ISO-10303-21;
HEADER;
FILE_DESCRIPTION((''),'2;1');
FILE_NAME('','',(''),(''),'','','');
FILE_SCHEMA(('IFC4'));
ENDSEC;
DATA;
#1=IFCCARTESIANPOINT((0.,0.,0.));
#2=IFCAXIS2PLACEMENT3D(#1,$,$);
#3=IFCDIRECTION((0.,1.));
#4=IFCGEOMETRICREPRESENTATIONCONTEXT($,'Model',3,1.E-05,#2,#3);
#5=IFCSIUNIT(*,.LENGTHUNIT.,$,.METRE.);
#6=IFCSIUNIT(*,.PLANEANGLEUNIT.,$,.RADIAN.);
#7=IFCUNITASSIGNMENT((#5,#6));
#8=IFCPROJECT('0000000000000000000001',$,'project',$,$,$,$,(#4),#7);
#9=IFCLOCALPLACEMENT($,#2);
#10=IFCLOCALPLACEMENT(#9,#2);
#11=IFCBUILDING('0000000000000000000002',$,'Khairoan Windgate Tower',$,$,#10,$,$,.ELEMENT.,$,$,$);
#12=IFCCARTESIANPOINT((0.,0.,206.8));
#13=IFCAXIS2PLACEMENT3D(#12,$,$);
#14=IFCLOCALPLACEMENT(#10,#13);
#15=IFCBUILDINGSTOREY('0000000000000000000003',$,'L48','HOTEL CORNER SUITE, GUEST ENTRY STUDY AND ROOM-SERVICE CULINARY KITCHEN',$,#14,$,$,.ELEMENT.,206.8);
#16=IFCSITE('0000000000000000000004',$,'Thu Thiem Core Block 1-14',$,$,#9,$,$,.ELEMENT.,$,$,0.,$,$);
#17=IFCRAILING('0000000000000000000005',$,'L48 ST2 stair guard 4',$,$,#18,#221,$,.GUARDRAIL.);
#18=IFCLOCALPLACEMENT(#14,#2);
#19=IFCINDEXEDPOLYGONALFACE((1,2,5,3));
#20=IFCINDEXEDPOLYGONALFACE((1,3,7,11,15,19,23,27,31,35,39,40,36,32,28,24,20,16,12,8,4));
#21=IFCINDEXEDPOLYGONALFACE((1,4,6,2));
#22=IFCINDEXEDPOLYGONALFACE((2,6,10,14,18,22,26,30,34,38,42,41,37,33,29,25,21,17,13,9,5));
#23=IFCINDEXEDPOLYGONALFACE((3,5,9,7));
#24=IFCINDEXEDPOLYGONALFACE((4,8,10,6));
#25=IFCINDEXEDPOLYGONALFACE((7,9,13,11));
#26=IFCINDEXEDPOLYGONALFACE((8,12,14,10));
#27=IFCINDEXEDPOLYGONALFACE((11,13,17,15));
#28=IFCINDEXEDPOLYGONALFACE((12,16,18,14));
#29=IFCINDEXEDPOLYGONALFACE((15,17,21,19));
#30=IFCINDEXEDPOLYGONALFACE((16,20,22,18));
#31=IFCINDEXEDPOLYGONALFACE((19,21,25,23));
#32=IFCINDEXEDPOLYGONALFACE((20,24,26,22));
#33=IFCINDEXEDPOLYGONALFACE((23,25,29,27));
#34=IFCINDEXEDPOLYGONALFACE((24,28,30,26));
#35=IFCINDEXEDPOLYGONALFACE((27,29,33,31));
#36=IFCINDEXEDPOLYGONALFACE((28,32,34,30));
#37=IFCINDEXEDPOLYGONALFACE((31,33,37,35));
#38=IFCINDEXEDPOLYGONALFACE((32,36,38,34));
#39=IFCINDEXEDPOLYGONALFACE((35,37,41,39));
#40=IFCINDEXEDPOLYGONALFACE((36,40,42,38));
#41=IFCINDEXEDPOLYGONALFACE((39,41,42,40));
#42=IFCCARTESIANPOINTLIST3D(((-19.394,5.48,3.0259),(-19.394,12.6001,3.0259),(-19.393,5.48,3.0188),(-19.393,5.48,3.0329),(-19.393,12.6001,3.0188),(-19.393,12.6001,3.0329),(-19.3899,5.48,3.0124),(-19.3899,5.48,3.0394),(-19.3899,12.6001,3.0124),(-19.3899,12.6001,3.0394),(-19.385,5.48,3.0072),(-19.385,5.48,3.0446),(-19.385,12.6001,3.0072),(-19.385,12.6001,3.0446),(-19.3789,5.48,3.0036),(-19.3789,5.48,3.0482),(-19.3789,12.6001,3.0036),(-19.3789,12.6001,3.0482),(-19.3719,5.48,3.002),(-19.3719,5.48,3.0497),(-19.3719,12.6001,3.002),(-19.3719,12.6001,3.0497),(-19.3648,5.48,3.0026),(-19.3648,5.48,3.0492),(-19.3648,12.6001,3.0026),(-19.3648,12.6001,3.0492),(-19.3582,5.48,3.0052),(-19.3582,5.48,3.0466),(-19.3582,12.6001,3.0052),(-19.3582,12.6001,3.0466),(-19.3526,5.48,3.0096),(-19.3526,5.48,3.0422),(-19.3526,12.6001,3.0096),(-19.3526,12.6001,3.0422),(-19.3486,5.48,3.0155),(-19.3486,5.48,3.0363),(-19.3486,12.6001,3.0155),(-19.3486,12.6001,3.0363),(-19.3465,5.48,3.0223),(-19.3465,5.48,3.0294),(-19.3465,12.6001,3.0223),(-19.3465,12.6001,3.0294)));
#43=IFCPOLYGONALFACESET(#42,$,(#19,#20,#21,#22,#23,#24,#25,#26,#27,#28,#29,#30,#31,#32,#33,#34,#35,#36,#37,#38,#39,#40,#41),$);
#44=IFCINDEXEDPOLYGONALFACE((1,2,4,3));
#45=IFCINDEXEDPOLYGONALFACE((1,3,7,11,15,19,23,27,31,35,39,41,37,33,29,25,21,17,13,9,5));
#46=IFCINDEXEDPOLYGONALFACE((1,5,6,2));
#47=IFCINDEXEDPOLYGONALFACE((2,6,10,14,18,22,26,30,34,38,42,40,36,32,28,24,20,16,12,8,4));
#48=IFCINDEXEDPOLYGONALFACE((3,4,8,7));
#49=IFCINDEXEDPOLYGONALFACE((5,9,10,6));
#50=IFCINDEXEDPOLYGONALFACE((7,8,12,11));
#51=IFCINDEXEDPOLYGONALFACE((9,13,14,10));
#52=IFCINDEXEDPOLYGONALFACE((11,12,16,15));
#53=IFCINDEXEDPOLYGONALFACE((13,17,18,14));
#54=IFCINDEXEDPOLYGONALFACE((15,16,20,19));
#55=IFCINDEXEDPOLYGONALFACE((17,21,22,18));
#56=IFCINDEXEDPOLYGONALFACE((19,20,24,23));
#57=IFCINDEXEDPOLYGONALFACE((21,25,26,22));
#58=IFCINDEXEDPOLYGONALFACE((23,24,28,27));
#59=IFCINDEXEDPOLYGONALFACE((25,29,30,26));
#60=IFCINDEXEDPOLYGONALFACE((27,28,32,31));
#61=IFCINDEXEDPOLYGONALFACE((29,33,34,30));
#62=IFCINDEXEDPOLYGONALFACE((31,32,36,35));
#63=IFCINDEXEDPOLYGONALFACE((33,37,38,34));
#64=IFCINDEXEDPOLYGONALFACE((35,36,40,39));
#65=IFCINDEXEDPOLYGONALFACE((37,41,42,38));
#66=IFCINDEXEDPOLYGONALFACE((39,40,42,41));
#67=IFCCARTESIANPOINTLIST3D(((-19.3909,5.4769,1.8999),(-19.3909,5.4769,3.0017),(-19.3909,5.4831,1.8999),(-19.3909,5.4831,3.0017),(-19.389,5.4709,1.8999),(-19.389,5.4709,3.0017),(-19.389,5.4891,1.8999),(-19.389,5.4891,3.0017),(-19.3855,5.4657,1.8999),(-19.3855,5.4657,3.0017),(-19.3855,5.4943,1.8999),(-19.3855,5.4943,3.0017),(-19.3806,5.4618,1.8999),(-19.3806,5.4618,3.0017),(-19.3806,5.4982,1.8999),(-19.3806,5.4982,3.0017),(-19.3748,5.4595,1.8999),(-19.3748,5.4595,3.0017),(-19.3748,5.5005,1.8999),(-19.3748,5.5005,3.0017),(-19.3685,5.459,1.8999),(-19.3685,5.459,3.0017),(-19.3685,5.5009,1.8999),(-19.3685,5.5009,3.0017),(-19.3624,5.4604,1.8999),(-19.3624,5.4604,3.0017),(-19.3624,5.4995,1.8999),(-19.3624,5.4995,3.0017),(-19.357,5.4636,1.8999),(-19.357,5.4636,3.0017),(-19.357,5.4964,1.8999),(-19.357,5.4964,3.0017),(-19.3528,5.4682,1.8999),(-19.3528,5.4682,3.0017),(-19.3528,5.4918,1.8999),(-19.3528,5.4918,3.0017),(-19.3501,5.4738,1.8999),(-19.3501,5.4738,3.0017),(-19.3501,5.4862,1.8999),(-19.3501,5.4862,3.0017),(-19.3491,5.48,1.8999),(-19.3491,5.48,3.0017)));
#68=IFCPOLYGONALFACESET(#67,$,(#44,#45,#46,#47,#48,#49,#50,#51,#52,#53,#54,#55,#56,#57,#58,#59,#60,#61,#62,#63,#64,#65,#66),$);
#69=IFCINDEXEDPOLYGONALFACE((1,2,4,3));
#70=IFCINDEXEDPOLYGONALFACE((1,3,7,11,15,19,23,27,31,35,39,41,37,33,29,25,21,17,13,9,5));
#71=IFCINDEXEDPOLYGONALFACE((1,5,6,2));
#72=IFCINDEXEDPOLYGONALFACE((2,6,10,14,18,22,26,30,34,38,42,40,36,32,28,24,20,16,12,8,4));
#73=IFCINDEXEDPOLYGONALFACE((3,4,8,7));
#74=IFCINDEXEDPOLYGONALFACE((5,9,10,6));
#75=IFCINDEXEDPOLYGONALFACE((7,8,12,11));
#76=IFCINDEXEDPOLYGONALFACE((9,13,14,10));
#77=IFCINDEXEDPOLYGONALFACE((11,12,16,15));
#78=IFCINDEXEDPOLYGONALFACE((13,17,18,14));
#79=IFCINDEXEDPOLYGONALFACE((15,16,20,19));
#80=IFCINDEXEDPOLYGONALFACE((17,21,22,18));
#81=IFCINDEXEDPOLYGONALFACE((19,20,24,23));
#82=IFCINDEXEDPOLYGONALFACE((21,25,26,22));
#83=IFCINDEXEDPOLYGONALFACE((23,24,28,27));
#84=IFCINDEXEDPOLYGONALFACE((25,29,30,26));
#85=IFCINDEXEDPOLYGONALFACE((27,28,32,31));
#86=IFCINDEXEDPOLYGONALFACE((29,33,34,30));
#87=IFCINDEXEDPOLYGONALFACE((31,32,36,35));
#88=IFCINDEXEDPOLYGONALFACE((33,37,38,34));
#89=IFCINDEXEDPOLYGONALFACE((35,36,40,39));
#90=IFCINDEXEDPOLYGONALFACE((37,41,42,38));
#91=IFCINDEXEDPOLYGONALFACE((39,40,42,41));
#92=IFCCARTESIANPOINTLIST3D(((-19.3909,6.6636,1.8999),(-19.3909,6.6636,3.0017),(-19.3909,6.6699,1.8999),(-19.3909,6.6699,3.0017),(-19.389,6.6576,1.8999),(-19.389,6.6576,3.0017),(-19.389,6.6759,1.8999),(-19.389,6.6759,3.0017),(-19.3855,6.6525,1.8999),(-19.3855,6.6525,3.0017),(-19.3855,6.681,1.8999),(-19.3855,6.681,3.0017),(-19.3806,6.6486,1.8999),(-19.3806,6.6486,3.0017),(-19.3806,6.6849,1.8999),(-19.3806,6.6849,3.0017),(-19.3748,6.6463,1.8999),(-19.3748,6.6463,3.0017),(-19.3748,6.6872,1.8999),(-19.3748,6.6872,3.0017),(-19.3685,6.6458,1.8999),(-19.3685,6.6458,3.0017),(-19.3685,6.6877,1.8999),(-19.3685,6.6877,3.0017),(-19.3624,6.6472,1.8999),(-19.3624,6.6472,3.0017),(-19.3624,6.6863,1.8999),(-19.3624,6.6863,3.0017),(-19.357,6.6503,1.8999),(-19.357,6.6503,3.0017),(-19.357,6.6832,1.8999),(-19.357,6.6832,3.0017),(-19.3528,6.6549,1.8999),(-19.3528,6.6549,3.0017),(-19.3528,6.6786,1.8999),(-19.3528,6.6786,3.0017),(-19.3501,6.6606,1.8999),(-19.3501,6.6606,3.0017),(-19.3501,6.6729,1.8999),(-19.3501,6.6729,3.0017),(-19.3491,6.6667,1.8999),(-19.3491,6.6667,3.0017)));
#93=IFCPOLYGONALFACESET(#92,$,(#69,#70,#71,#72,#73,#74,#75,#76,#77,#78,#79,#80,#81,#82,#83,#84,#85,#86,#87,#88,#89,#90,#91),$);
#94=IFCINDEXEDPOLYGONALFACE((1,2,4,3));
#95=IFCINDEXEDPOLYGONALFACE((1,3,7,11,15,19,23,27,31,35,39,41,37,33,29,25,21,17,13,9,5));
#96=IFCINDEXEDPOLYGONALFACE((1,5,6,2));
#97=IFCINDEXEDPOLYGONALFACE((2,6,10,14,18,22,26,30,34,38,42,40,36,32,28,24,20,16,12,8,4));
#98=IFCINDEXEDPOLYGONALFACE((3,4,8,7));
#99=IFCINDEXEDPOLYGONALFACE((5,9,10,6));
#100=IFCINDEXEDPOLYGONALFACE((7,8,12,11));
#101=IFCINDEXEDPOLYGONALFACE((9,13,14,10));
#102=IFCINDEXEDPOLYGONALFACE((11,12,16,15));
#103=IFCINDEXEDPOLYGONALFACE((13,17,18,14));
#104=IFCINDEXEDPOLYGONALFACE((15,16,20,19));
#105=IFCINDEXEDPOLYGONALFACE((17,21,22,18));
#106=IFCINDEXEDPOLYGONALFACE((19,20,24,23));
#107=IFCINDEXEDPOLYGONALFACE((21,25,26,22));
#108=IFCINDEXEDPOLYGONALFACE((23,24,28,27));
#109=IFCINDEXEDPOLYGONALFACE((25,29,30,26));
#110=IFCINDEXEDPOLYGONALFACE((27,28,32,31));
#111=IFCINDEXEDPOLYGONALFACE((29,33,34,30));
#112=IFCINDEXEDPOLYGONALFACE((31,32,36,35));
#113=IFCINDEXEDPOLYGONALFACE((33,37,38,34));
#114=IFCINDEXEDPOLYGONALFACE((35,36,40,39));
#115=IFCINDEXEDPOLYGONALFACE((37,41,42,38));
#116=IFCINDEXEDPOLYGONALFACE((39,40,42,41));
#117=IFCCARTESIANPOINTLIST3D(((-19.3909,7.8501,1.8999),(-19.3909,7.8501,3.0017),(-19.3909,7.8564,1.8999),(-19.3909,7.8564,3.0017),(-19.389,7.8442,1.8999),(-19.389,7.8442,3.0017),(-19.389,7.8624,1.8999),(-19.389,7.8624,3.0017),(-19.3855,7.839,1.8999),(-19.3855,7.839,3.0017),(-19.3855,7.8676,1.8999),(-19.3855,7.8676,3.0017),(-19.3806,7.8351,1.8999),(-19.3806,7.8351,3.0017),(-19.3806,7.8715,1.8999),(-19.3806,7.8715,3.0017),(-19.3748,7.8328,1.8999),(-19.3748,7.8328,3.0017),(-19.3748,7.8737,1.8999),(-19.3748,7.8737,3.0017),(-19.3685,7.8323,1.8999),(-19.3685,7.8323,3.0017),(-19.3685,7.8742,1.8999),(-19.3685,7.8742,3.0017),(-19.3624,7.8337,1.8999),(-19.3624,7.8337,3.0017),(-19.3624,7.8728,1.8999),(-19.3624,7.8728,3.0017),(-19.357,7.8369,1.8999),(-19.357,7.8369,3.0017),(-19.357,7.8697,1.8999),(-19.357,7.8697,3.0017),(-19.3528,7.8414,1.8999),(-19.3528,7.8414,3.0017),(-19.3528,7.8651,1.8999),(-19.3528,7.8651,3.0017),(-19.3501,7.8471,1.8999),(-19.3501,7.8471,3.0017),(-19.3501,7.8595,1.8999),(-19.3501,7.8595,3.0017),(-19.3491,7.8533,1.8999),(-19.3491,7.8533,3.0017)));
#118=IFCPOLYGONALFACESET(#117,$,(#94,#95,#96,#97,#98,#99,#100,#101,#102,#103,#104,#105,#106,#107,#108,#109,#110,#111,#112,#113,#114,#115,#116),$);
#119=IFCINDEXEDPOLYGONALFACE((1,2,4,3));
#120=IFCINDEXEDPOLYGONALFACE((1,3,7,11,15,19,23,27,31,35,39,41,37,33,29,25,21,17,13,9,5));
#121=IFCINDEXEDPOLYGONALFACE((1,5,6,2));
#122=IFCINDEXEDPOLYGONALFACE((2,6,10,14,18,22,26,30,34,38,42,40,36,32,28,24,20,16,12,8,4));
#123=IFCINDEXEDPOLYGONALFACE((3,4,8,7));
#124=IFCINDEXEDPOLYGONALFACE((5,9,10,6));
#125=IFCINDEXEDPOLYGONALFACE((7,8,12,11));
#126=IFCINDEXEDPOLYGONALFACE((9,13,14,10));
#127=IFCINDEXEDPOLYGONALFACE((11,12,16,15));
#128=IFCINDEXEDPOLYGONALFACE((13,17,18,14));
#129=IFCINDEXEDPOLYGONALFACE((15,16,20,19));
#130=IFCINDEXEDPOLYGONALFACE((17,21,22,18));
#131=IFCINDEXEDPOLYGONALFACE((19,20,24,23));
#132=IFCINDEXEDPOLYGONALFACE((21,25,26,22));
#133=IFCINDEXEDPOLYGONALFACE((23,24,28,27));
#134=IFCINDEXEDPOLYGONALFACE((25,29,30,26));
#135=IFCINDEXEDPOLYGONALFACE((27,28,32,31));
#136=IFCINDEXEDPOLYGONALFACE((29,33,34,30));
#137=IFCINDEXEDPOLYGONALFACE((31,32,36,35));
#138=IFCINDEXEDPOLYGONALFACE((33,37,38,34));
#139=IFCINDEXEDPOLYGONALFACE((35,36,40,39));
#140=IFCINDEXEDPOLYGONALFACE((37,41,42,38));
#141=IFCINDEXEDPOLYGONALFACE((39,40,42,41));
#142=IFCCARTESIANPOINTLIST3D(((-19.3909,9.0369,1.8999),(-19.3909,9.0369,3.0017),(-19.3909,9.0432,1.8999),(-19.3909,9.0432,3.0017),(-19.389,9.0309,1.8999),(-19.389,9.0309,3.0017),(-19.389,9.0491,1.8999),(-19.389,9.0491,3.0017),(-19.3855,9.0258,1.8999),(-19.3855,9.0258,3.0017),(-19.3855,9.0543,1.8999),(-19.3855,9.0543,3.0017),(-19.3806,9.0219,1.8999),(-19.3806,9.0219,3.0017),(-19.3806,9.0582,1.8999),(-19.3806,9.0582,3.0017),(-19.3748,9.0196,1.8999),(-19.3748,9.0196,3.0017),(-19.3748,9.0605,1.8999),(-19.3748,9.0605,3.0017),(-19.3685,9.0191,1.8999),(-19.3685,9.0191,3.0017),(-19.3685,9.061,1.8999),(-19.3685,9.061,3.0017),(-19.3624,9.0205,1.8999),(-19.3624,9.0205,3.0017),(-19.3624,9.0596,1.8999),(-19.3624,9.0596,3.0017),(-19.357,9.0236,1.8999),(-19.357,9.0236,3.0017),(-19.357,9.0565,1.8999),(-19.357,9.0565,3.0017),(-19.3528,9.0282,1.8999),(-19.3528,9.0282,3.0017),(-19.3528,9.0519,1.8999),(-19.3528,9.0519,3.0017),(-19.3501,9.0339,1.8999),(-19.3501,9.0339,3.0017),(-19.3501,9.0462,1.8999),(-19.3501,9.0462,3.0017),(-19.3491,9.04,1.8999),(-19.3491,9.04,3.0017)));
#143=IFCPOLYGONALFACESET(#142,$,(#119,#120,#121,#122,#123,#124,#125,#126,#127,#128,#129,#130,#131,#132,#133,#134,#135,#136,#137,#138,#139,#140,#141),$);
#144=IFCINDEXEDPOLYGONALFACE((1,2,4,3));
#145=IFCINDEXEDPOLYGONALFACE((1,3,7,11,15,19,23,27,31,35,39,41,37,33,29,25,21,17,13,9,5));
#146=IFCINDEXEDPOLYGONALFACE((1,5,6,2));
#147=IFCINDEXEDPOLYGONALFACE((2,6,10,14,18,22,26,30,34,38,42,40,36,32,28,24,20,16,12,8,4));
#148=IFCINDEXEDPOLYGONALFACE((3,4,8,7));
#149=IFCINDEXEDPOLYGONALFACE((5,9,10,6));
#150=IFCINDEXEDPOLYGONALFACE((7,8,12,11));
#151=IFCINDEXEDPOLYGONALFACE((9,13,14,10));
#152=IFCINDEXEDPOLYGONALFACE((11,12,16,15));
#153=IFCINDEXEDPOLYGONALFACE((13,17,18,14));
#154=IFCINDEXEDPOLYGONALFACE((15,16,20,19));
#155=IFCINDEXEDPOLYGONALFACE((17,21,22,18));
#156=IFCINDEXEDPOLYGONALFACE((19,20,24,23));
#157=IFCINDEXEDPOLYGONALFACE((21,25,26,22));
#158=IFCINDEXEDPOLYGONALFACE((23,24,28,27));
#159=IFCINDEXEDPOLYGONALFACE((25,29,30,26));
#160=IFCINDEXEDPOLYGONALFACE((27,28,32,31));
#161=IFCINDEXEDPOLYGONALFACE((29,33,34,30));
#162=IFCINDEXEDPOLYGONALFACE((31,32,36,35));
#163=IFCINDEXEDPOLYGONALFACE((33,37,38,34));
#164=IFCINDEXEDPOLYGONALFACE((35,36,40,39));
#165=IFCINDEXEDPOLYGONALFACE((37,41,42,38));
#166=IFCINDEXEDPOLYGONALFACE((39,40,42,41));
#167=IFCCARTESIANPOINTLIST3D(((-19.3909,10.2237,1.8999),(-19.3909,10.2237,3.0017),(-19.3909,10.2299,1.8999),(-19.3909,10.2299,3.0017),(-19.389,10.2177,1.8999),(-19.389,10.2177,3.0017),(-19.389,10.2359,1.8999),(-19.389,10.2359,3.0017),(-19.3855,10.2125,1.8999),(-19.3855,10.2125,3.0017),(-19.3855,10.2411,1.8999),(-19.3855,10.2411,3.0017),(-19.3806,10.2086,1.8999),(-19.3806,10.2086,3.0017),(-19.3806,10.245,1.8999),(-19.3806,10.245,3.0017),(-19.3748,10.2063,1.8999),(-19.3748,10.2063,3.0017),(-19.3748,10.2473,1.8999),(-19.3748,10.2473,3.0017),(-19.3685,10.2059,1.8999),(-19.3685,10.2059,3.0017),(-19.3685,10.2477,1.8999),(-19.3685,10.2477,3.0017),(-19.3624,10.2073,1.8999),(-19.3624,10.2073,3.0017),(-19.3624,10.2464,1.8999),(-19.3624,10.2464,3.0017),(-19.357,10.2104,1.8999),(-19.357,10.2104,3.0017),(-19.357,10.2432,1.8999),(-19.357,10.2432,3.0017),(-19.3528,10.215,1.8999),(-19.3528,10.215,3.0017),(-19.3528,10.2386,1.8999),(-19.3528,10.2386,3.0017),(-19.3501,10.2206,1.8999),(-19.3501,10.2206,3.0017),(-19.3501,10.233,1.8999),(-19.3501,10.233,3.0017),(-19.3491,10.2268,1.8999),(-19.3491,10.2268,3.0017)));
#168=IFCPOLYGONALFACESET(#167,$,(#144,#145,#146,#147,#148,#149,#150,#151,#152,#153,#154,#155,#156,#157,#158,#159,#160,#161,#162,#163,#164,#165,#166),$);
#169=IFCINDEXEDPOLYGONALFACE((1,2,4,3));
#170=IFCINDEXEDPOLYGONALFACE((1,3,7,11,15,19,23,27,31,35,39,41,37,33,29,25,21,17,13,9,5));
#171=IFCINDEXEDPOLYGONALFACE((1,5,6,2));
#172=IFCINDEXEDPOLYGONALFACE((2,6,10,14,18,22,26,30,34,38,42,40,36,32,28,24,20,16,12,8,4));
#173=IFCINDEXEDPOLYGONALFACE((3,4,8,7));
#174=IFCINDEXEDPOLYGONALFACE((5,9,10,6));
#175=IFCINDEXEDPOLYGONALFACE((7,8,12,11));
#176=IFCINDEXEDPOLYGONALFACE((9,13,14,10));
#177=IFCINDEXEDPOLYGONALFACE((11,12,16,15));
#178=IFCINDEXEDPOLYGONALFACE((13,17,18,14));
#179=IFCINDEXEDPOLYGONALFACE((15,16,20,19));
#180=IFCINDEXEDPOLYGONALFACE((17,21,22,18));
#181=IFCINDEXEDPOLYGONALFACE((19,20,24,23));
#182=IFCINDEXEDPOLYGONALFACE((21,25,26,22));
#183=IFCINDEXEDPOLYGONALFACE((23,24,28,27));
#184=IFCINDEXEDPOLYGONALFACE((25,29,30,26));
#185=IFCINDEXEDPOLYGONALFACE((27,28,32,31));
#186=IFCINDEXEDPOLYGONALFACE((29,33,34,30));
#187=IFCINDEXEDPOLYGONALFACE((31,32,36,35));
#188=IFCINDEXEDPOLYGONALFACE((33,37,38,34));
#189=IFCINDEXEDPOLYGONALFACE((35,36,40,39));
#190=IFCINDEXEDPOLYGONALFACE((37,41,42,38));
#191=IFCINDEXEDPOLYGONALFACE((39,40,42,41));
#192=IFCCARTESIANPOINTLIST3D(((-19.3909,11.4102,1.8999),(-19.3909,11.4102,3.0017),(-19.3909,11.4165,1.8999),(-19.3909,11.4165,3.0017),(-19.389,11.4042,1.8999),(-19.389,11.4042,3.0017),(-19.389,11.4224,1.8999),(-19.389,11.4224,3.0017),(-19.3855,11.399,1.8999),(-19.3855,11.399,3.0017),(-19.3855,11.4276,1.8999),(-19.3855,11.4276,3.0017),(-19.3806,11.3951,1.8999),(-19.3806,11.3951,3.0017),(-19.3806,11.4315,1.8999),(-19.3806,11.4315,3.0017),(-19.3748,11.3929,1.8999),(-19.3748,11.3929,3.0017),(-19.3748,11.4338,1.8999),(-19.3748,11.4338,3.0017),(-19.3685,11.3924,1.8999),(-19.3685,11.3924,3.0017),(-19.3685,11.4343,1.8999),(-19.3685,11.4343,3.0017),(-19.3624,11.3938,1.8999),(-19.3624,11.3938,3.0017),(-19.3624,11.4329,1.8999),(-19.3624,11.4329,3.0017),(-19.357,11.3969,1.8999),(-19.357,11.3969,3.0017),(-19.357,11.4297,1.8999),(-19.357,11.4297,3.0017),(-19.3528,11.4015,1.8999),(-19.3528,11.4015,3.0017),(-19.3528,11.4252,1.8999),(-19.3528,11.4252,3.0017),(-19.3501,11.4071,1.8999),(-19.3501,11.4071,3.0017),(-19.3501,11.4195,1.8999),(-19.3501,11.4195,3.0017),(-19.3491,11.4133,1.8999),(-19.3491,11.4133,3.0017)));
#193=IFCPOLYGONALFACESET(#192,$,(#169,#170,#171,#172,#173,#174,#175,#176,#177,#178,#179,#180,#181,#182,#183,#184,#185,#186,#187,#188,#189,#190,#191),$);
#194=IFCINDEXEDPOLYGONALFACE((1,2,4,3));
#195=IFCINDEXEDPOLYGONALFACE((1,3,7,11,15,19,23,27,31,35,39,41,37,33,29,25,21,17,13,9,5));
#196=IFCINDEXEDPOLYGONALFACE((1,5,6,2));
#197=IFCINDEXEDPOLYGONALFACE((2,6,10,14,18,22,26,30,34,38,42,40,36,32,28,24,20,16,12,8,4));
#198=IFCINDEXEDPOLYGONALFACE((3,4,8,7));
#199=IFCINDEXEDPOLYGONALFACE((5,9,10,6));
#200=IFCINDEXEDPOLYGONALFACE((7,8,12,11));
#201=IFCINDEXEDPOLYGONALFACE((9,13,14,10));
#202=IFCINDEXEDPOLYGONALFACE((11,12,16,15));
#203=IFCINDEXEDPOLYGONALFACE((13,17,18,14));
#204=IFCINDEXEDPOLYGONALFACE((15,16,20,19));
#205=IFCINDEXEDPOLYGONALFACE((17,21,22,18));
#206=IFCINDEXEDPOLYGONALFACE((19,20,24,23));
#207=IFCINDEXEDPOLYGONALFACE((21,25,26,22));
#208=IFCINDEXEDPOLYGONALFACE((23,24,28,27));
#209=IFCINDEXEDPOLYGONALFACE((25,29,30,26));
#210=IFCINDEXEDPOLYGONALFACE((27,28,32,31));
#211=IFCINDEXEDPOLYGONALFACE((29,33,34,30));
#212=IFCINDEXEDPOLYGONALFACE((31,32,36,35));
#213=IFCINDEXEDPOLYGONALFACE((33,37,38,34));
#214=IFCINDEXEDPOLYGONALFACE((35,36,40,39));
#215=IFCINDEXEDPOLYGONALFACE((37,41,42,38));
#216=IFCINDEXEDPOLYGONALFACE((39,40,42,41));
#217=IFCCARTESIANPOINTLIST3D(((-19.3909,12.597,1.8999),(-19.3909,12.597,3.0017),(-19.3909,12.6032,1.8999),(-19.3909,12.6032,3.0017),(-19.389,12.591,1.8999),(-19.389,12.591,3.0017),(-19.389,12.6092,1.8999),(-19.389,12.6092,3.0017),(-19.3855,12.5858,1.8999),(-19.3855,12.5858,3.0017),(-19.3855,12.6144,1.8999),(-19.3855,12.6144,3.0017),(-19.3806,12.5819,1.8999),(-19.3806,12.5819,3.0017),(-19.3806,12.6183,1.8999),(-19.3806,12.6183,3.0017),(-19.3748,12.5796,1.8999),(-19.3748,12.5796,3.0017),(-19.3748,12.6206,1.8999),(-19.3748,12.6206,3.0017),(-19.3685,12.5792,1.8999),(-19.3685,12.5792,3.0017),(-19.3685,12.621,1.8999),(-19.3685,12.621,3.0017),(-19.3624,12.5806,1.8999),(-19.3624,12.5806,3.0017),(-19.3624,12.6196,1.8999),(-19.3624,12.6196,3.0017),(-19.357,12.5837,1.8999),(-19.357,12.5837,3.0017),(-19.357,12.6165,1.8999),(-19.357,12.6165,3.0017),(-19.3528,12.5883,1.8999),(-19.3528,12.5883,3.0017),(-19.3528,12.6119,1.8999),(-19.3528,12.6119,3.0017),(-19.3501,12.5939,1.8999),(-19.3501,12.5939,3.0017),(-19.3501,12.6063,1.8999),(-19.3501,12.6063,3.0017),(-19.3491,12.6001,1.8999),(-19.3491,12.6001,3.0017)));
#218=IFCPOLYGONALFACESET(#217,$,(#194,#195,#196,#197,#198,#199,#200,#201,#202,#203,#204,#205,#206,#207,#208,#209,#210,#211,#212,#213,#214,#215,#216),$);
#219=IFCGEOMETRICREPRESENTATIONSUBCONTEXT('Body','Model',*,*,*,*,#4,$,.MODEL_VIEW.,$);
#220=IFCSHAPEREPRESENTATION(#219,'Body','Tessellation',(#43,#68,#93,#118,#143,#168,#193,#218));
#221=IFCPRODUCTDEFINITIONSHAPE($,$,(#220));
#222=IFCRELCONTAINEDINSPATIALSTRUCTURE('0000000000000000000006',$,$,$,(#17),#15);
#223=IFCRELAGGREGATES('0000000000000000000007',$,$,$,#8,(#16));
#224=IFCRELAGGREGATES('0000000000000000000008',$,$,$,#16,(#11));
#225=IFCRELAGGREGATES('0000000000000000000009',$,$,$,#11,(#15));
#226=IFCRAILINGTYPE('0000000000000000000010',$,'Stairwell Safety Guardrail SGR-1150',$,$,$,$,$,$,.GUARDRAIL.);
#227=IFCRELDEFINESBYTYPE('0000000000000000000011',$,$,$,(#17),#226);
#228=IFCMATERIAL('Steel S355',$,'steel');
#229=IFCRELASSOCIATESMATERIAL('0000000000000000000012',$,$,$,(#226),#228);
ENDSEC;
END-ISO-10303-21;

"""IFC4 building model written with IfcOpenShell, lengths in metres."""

from ifc_helpers import new_model, si_unit, direction, frame, origin, origin_2d, place, context, subcontext, project, spatial, circle, extrude, material, type_object, element, save


model = new_model("IFC4")

# Units and contexts
model_context = context("Model", 3, precision=1e-05, world=origin(), true_north=direction((0.0, 1.0)))
body_context = subcontext(model_context, "Body", "Model", "MODEL_VIEW")
ifc_project = project(units=[si_unit("LENGTHUNIT", "METRE"), si_unit("PLANEANGLEUNIT", "RADIAN")], contexts=[model_context])

# Site, building, storey
site_placement = place(None, origin())
site = spatial("IfcSite", under=ifc_project, at=site_placement, Name="Thu Thiem Core Block 1-14", CompositionType="ELEMENT", RefElevation=0.0)
building_placement = place(site_placement, origin())
building = spatial("IfcBuilding", under=site, at=building_placement, Name="Khairoan Windgate Tower", CompositionType="ELEMENT")
storey_placement = place(building_placement, frame((0.0, 0.0, 206.8)))
storey = spatial("IfcBuildingStorey", under=building, at=storey_placement, Name="L48", Description="HOTEL CORNER SUITE, GUEST ENTRY STUDY AND ROOM-SERVICE CULINARY KITCHEN", CompositionType="ELEMENT", Elevation=206.8)

# Railing
ifc_material_1 = material(Name="Steel S355", Category="steel")
railing_type_1 = type_object("IfcRailingType", Name="Stairwell Safety Guardrail SGR-1150", PredefinedType="GUARDRAIL", material=ifc_material_1)
railing_1_placement = place(storey_placement, frame((-19.3701, 5.48, 1.8999)))
element("IfcRailing", 1, at=railing_1_placement, inside=storey, type_object=railing_type_1, Name="L48 ST2 stair guard 4", PredefinedType="GUARDRAIL", context=body_context, shape_type="SweptSolid", body=[
    extrude(circle(Radius=0.0239, at=origin_2d()), frame((0.0, 0.0, 1.126), z_axis=(0.0, 1.0, 0.0), x_axis=(-1.0, 0.0, 0.0)), (0.0, 0.0, 1.0), 7.1201),
    extrude(circle(Radius=0.021, at=origin_2d()), origin(), (0.0, 0.0, 1.0), 1.1018),
    extrude(circle(Radius=0.021, at=origin_2d()), frame((0.0, 1.1868, 0.0)), (0.0, 0.0, 1.0), 1.1018),
    extrude(circle(Radius=0.021, at=origin_2d()), frame((0.0, 2.3733, 0.0)), (0.0, 0.0, 1.0), 1.1018),
    extrude(circle(Radius=0.021, at=origin_2d()), frame((0.0, 3.5601, 0.0)), (0.0, 0.0, 1.0), 1.1018),
    extrude(circle(Radius=0.021, at=origin_2d()), frame((0.0, 4.7468, 0.0)), (0.0, 0.0, 1.0), 1.1018),
    extrude(circle(Radius=0.021, at=origin_2d()), frame((0.0, 5.9333, 0.0)), (0.0, 0.0, 1.0), 1.1018),
    extrude(circle(Radius=0.021, at=origin_2d()), frame((0.0, 7.1201, 0.0)), (0.0, 0.0, 1.0), 1.1018),
])

save(model, "model.ifc")
